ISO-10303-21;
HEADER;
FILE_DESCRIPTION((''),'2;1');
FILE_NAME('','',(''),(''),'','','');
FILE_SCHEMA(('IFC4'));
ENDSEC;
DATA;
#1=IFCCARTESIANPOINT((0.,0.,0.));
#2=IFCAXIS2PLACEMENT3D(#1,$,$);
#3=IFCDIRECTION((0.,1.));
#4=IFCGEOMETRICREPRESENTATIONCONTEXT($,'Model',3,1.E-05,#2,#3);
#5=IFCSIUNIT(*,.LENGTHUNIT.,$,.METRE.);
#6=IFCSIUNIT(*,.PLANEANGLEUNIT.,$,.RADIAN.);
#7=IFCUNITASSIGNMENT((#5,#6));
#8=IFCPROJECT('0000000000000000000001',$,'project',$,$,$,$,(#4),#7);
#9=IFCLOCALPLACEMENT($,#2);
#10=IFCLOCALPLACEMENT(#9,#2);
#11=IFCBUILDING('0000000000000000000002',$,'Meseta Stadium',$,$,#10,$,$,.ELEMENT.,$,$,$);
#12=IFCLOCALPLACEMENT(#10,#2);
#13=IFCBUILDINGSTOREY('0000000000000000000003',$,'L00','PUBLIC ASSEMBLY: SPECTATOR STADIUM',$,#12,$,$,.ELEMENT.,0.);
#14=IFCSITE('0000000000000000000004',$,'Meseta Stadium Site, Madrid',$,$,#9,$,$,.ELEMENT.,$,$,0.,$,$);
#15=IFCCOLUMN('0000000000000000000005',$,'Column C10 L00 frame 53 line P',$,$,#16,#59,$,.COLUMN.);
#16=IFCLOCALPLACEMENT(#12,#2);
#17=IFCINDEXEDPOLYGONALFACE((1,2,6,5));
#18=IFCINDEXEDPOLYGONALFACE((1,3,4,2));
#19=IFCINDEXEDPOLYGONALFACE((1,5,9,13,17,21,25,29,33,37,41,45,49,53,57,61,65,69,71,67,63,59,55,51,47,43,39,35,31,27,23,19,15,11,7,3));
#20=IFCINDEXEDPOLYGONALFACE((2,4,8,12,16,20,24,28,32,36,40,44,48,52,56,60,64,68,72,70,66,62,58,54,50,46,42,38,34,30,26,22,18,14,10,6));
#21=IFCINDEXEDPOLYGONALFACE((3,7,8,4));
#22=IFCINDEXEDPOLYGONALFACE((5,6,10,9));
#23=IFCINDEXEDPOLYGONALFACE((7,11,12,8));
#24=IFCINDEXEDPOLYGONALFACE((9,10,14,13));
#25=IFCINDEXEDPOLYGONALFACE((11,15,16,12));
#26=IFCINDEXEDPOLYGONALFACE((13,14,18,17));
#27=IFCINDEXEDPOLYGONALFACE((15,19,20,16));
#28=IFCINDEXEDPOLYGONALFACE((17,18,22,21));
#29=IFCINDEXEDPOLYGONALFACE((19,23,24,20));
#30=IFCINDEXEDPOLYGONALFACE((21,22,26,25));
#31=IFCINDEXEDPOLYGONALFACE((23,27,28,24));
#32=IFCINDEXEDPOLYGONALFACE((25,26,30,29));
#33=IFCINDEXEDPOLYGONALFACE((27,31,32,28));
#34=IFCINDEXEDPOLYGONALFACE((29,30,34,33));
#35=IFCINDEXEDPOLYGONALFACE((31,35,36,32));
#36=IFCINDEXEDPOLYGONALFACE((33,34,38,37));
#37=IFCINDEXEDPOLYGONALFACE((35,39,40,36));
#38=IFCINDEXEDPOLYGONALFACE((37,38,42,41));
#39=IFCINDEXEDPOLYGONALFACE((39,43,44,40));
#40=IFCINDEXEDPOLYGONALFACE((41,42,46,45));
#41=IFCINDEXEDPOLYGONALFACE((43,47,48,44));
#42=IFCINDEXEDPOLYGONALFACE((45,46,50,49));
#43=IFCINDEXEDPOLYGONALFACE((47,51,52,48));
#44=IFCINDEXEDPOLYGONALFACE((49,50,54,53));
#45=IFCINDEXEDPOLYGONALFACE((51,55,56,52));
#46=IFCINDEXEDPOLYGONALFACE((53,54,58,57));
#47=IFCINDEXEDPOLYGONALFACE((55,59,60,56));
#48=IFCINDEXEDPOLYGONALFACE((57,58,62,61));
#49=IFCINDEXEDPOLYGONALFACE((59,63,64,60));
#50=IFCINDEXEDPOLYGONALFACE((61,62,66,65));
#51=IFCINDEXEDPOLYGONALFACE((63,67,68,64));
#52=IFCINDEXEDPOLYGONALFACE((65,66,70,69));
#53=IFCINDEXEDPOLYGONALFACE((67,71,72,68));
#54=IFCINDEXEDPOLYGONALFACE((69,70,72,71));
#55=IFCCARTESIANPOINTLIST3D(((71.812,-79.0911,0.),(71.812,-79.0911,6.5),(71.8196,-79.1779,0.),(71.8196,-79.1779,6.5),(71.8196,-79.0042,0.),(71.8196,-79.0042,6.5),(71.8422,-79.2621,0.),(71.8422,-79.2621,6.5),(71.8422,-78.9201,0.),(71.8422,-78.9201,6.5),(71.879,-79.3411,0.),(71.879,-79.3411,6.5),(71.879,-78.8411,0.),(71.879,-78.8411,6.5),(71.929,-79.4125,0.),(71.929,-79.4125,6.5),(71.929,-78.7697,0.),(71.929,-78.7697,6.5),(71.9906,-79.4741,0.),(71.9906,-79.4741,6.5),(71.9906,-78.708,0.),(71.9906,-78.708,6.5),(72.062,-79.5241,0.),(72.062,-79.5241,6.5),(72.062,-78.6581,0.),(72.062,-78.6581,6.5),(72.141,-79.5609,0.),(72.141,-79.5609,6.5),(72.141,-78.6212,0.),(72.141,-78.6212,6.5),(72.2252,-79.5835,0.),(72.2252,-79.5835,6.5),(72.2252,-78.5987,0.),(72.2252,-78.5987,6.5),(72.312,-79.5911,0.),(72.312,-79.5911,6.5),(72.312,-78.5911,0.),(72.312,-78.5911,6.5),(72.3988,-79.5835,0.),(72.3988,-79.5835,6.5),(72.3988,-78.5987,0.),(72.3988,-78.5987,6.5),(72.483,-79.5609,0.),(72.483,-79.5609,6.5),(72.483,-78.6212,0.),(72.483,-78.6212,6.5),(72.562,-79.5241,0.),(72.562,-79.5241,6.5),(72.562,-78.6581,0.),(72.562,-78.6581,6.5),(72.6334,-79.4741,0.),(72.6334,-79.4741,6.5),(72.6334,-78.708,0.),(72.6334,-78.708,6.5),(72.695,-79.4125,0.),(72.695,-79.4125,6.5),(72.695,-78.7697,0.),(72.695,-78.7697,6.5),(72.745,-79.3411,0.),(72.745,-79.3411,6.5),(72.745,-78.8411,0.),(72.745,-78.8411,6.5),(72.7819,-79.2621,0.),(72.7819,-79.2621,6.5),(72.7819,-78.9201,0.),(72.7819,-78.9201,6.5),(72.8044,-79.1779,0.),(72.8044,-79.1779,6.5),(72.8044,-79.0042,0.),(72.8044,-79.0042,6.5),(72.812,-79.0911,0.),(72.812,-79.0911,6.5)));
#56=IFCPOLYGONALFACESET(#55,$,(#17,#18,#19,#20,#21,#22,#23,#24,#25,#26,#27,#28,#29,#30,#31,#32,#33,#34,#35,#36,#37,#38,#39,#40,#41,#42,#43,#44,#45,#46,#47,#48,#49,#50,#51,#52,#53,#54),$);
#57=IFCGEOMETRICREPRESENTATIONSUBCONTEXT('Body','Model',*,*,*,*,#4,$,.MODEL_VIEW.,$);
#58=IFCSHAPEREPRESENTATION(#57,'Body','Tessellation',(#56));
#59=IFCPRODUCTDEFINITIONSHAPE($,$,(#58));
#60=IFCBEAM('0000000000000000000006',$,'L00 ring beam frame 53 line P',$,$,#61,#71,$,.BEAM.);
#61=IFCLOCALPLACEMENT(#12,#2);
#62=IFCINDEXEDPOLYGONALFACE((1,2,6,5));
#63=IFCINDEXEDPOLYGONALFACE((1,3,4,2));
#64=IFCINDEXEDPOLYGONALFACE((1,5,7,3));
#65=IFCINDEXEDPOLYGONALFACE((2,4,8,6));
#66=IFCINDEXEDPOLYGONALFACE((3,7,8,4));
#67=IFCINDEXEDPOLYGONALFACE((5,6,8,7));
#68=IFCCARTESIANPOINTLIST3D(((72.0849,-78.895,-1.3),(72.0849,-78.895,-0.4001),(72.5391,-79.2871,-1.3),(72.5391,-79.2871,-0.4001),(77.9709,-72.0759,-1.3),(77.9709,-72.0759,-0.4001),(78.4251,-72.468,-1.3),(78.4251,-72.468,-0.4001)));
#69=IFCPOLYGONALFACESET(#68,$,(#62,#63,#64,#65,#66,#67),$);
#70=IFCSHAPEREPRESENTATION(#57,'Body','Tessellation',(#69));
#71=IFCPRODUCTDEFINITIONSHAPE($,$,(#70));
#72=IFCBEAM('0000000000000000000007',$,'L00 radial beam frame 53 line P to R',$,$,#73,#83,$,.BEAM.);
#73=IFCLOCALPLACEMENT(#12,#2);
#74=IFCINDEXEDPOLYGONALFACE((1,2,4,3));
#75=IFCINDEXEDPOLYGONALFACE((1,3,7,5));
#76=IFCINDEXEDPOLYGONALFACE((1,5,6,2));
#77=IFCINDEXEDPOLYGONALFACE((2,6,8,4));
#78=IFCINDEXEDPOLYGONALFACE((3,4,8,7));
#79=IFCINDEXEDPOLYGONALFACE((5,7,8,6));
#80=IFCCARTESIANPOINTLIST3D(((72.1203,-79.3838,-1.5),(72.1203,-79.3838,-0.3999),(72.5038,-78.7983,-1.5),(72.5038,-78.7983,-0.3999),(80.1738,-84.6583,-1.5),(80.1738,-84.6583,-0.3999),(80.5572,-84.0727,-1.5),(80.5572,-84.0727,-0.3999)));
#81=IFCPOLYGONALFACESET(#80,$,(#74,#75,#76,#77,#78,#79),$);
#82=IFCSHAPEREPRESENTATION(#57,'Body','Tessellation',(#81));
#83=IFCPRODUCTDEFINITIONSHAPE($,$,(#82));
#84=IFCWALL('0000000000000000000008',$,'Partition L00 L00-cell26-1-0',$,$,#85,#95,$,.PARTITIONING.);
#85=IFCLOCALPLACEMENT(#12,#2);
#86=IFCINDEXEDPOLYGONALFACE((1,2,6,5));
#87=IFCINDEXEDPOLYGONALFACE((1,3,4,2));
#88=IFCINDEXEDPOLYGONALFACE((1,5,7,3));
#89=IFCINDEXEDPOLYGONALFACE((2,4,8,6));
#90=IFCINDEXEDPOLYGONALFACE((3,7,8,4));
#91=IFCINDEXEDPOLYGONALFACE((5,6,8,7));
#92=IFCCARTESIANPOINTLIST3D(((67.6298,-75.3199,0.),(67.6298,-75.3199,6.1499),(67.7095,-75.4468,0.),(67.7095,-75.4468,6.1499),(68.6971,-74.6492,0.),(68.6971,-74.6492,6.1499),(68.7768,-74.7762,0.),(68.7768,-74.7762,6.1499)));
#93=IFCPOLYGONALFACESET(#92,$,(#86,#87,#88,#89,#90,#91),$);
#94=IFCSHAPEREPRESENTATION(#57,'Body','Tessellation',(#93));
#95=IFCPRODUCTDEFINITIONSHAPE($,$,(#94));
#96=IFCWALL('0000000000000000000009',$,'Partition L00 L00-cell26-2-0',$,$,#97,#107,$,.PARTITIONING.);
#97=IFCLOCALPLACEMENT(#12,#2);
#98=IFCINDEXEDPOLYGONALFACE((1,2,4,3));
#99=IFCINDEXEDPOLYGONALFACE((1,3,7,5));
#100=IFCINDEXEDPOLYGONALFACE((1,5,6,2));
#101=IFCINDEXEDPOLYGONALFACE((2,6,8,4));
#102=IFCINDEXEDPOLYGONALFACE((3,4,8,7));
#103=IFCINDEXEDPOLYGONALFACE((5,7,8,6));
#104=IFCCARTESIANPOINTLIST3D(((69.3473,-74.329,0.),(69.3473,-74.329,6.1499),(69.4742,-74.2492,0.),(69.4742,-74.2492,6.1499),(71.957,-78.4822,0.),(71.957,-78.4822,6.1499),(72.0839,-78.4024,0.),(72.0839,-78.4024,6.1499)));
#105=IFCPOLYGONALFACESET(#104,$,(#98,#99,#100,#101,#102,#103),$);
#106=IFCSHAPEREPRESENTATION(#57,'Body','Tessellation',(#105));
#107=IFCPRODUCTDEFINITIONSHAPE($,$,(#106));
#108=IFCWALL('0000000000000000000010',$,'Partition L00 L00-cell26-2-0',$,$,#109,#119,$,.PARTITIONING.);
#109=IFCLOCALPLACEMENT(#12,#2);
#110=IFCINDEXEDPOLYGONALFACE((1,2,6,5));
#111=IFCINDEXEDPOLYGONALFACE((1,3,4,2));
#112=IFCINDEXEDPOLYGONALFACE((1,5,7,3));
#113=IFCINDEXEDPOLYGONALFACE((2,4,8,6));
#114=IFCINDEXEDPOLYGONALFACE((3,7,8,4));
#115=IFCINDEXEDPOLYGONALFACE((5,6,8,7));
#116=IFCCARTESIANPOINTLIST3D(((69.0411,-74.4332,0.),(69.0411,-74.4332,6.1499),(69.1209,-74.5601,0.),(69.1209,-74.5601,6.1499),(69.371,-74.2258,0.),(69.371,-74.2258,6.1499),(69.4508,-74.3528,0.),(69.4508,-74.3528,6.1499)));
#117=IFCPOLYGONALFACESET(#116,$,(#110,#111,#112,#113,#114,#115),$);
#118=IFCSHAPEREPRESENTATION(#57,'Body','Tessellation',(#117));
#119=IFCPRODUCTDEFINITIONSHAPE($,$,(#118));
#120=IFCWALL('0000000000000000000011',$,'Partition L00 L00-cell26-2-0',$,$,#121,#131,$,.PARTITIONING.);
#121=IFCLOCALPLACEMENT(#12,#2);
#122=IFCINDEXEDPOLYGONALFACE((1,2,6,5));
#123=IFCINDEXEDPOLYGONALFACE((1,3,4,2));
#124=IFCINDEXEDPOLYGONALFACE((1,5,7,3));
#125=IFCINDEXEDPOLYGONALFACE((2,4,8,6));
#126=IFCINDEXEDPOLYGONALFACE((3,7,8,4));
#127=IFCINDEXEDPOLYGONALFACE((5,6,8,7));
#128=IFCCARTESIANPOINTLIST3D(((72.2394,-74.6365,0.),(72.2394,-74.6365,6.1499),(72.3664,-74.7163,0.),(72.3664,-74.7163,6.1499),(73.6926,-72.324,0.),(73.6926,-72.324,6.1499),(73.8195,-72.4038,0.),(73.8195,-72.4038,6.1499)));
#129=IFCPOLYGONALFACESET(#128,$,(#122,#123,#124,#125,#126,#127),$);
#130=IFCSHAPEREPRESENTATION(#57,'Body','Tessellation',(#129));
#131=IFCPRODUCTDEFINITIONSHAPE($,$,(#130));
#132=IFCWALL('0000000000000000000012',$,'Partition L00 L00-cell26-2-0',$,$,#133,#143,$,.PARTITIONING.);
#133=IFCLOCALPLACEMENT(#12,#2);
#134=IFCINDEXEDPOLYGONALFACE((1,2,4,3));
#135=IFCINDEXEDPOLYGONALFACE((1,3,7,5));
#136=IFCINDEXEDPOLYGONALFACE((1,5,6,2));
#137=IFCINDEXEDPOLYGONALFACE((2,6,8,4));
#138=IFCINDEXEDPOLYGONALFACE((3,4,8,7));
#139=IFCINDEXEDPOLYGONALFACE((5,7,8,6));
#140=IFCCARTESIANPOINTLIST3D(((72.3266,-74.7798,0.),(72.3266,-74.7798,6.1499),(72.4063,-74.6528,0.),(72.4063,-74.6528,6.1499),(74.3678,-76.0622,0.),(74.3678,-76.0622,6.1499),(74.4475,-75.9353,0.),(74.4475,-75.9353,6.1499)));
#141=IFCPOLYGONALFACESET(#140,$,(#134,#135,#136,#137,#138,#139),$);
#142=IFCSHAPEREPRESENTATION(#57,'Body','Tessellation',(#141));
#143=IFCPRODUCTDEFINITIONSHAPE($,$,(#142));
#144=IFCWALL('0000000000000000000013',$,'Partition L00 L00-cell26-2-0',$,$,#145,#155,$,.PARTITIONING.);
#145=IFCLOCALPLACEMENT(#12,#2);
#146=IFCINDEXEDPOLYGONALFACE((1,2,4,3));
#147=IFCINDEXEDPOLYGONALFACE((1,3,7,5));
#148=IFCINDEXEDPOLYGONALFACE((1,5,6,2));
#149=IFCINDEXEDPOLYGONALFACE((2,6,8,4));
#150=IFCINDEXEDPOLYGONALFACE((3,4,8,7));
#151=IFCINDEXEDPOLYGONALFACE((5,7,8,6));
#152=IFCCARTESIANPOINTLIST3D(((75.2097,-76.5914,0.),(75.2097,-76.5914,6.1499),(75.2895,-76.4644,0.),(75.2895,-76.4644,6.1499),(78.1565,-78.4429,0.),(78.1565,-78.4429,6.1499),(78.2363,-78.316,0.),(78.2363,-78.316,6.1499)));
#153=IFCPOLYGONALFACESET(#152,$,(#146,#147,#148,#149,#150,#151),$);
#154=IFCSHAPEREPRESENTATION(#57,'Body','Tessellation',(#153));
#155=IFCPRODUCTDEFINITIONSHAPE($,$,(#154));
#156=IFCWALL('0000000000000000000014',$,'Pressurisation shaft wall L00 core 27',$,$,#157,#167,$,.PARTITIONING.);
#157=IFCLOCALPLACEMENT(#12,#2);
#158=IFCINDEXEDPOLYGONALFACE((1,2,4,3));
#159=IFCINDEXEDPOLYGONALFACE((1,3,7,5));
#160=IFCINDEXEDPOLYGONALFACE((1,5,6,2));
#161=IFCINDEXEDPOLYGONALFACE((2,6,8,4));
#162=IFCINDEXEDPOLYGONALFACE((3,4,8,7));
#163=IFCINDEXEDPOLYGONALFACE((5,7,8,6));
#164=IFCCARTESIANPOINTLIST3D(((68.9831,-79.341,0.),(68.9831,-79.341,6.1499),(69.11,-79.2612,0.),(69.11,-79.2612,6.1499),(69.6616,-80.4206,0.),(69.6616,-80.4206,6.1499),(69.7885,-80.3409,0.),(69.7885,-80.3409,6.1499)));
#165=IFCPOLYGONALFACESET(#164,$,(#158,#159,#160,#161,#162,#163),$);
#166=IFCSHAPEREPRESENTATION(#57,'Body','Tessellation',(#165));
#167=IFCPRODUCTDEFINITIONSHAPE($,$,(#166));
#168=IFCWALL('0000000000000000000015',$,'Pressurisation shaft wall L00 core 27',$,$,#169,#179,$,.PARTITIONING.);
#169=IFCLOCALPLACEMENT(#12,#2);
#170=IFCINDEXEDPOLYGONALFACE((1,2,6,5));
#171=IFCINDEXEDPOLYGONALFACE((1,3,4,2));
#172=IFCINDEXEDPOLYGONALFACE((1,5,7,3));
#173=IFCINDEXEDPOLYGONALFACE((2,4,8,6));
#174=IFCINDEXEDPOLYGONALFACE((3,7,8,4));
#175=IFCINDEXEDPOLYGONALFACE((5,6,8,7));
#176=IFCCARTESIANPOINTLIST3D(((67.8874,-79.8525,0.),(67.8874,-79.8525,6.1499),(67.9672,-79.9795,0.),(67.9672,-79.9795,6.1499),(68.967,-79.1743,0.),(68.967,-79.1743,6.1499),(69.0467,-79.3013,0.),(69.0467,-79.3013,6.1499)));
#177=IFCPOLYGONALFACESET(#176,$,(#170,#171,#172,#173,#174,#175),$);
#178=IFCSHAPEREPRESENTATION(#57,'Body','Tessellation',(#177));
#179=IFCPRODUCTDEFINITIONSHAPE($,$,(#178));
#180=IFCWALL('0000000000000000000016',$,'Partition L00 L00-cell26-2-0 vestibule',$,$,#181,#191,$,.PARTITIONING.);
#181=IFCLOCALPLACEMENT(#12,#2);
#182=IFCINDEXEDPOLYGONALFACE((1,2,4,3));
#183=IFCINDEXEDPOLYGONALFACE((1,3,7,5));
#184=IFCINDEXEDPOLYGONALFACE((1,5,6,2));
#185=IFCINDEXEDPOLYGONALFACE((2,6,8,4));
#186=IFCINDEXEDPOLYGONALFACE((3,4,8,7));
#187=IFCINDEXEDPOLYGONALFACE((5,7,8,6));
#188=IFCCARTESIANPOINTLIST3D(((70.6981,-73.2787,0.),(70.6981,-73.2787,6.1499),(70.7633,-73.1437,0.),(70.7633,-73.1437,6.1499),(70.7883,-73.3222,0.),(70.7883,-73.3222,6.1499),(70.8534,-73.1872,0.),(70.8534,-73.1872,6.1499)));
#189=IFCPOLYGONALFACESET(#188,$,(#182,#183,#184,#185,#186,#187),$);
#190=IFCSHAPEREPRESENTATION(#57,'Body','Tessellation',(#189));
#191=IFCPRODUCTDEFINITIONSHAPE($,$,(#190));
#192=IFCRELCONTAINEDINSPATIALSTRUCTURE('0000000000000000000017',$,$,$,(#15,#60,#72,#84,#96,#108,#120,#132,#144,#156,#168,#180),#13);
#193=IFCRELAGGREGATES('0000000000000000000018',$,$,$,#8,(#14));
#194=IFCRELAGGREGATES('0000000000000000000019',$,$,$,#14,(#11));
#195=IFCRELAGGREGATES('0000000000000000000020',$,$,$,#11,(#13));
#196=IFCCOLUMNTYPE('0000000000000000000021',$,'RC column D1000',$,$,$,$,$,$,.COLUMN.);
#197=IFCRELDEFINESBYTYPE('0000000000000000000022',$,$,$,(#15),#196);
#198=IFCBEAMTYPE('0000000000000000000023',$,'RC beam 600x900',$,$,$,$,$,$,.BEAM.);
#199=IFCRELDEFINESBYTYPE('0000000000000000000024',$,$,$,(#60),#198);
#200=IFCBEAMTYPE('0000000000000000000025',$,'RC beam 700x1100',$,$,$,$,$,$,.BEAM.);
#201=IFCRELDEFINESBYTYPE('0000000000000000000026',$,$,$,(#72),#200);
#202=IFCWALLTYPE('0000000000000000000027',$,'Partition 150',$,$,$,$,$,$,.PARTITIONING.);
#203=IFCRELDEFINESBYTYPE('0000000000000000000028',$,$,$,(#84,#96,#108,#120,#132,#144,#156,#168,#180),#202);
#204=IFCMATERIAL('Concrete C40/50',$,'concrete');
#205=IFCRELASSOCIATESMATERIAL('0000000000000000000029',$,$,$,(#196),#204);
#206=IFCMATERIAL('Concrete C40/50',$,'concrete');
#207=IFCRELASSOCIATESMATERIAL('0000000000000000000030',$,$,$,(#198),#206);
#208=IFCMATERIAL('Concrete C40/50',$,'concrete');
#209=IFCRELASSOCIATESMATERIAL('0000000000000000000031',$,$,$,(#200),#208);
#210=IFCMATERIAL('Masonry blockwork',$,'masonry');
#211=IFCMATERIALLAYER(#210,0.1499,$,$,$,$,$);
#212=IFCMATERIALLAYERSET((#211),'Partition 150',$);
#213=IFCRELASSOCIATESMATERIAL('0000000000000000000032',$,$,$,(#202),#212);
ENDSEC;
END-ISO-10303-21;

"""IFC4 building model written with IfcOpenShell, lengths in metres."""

from ifc_helpers import new_model, si_unit, direction, frame, frame_2d, origin, origin_2d, place, context, subcontext, project, spatial, rectangle, circle, extrude, material, layer, layer_set, material_profile, profile_set, type_object, element, save


model = new_model("IFC4")

# Units and contexts
model_context = context("Model", 3, precision=1e-05, world=origin(), true_north=direction((0.0, 1.0)))
body_context = subcontext(model_context, "Body", "Model", "MODEL_VIEW")
ifc_project = project(units=[si_unit("LENGTHUNIT", "METRE"), si_unit("PLANEANGLEUNIT", "RADIAN")], contexts=[model_context])

# Site, building, storey
site_placement = place(None, origin())
site = spatial("IfcSite", under=ifc_project, at=site_placement, Name="Meseta Stadium Site, Madrid", CompositionType="ELEMENT", RefElevation=0.0)
building_placement = place(site_placement, origin())
building = spatial("IfcBuilding", under=site, at=building_placement, Name="Meseta Stadium", CompositionType="ELEMENT")
storey_placement = place(building_placement, origin())
storey = spatial("IfcBuildingStorey", under=building, at=storey_placement, Name="L00", Description="PUBLIC ASSEMBLY: SPECTATOR STADIUM", CompositionType="ELEMENT", Elevation=0.0)

# Column
ifc_material_1 = material(Name="Concrete C40/50", Category="concrete")
ifc_material_profile_1 = material_profile(ifc_material_1, circle(Radius=0.5, at=origin_2d()), Name="RC D1000")
ifc_profile_set_1 = profile_set([ifc_material_profile_1], Name="Concrete C40/50")
column_type = type_object("IfcColumnType", Name="RC column D1000", PredefinedType="COLUMN", material=ifc_profile_set_1)
column_placement = place(storey_placement, frame((72.312, -79.0911, 0.0), z_axis=(0.0, 0.0, 1.0), x_axis=(1.0, 0.0, 0.0)))
element("IfcColumn", 1, at=column_placement, inside=storey, type_object=column_type, Name="Column C10 L00 frame 53 line P", PredefinedType="COLUMN", context=body_context, shape_type="SweptSolid", body=[
    extrude(circle(Radius=0.5, at=origin_2d()), origin(), (0.0, 0.0, 1.0), 6.5),
])

# Beams
ifc_material_2 = material(Name="Concrete C40/50", Category="concrete")
ifc_material_profile_2 = material_profile(ifc_material_2, rectangle(XDim=0.6001, YDim=0.8999, at=origin_2d()), Name="RC 600x900")
ifc_profile_set_2 = profile_set([ifc_material_profile_2], Name="Concrete C40/50")
beam_type_1 = type_object("IfcBeamType", Name="RC beam 600x900", PredefinedType="BEAM", material=ifc_profile_set_2)
beam_1_placement = place(storey_placement, frame((72.312, -79.0911, -0.8501), z_axis=(0.653415, 0.757, 0.0), x_axis=(-0.757, 0.653415, 0.0)))
element("IfcBeam", 2, at=beam_1_placement, inside=storey, type_object=beam_type_1, Name="L00 ring beam frame 53 line P", PredefinedType="BEAM", context=body_context, shape_type="SweptSolid", body=[
    extrude(rectangle(XDim=0.6001, YDim=0.8999, at=origin_2d()), origin(), (0.0, 0.0, 1.0), 9.0081),
])
ifc_material_3 = material(Name="Concrete C40/50", Category="concrete")
ifc_material_profile_3 = material_profile(ifc_material_3, rectangle(XDim=0.7, YDim=1.1001, at=origin_2d()), Name="RC 700x1100")
ifc_profile_set_3 = profile_set([ifc_material_profile_3], Name="Concrete C40/50")
beam_type_2 = type_object("IfcBeamType", Name="RC beam 700x1100", PredefinedType="BEAM", material=ifc_profile_set_3)
beam_2_placement = place(storey_placement, frame((72.312, -79.0911, -0.95), z_axis=(0.836556, -0.547881, 0.0), x_axis=(0.547881, 0.836556, 0.0)))
element("IfcBeam", 3, at=beam_2_placement, inside=storey, type_object=beam_type_2, Name="L00 radial beam frame 53 line P to R", PredefinedType="BEAM", context=body_context, shape_type="SweptSolid", body=[
    extrude(rectangle(XDim=0.7, YDim=1.1001, at=origin_2d()), origin(), (0.0, 0.0, 1.0), 9.627),
])

# Walls
ifc_material_4 = material(Name="Masonry blockwork", Category="masonry")
ifc_layer = layer(ifc_material_4, 0.1499)
ifc_layer_set = layer_set([ifc_layer], Name="Partition 150")
wall_type = type_object("IfcWallType", Name="Partition 150", PredefinedType="PARTITIONING", material=ifc_layer_set)
wall_1_placement = place(storey_placement, frame((68.7371, -74.7126, 0.0), z_axis=(0.0, 0.0, 1.0), x_axis=(-0.846734, -0.532017, 0.0)))
element("IfcWall", 4, at=wall_1_placement, inside=storey, type_object=wall_type, Name="Partition L00 L00-cell26-1-0", PredefinedType="PARTITIONING", context=body_context, shape_type="SweptSolid", body=[
    extrude(rectangle(XDim=1.2605, YDim=0.1499, at=frame_2d((0.6304, 0.0))), origin(), (0.0, 0.0, 1.0), 6.1499),
])
wall_2_placement = place(storey_placement, frame((72.0205, -78.4424, 0.0), z_axis=(0.0, 0.0, 1.0), x_axis=(-0.532042, 0.846718, 0.0)))
element("IfcWall", 5, at=wall_2_placement, inside=storey, type_object=wall_type, Name="Partition L00 L00-cell26-2-0", PredefinedType="PARTITIONING", context=body_context, shape_type="SweptSolid", body=[
    extrude(rectangle(XDim=4.905, YDim=0.1499, at=frame_2d((2.4526, 0.0))), origin(), (0.0, 0.0, 1.0), 6.1499),
])
wall_3_placement = place(storey_placement, frame((69.4109, -74.2893, 0.0), z_axis=(0.0, 0.0, 1.0), x_axis=(-0.846693, -0.532082, 0.0)))
element("IfcWall", 6, at=wall_3_placement, inside=storey, type_object=wall_type, Name="Partition L00 L00-cell26-2-0", PredefinedType="PARTITIONING", context=body_context, shape_type="SweptSolid", body=[
    extrude(rectangle(XDim=0.3896, YDim=0.1499, at=frame_2d((0.1948, 0.0))), origin(), (0.0, 0.0, 1.0), 6.1499),
])
wall_4_placement = place(storey_placement, frame((73.7561, -72.3638, 0.0), z_axis=(0.0, 0.0, 1.0), x_axis=(-0.532054, -0.84671, 0.0)))
element("IfcWall", 7, at=wall_4_placement, inside=storey, type_object=wall_type, Name="Partition L00 L00-cell26-2-0", PredefinedType="PARTITIONING", context=body_context, shape_type="SweptSolid", body=[
    extrude(rectangle(XDim=2.7312, YDim=0.1499, at=frame_2d((1.3657, 0.0))), origin(), (0.0, 0.0, 1.0), 6.1499),
])
wall_5_placement = place(storey_placement, frame((72.3665, -74.7163, 0.0), z_axis=(0.0, 0.0, 1.0), x_axis=(0.84675, -0.531991, 0.0)))
element("IfcWall", 8, at=wall_5_placement, inside=storey, type_object=wall_type, Name="Partition L00 L00-cell26-2-0", PredefinedType="PARTITIONING", context=body_context, shape_type="SweptSolid", body=[
    extrude(rectangle(XDim=2.4106, YDim=0.1499, at=frame_2d((1.2053, 0.0))), origin(), (0.0, 0.0, 1.0), 6.1499),
])
wall_6_placement = place(storey_placement, frame((75.2495, -76.5278, 0.0), z_axis=(0.0, 0.0, 1.0), x_axis=(0.846727, -0.532028, 0.0)))
element("IfcWall", 9, at=wall_6_placement, inside=storey, type_object=wall_type, Name="Partition L00 L00-cell26-2-0", PredefinedType="PARTITIONING", context=body_context, shape_type="SweptSolid", body=[
    extrude(rectangle(XDim=3.4802, YDim=0.1499, at=frame_2d((1.7402, 0.0))), origin(), (0.0, 0.0, 1.0), 6.1499),
])
wall_7_placement = place(storey_placement, frame((69.7251, -80.3809, 0.0), z_axis=(0.0, 0.0, 1.0), x_axis=(-0.532097, 0.846683, 0.0)))
element("IfcWall", 10, at=wall_7_placement, inside=storey, type_object=wall_type, Name="Pressurisation shaft wall L00 core 27", PredefinedType="PARTITIONING", context=body_context, shape_type="SweptSolid", body=[
    extrude(rectangle(XDim=1.2751, YDim=0.1499, at=frame_2d((0.6377, 0.0))), origin(), (0.0, 0.0, 1.0), 6.1499),
])
wall_8_placement = place(storey_placement, frame((69.0068, -79.2378, 0.0), z_axis=(0.0, 0.0, 1.0), x_axis=(-0.84677, -0.53196, 0.0)))
element("IfcWall", 11, at=wall_8_placement, inside=storey, type_object=wall_type, Name="Pressurisation shaft wall L00 core 27", PredefinedType="PARTITIONING", context=body_context, shape_type="SweptSolid", body=[
    extrude(rectangle(XDim=1.2749, YDim=0.1499, at=frame_2d((0.6375, 0.0))), origin(), (0.0, 0.0, 1.0), 6.1499),
])
wall_9_placement = place(storey_placement, frame((70.7307, -73.2112, 0.0), z_axis=(0.0, 0.0, 1.0), x_axis=(0.900683, -0.434476, 0.0)))
element("IfcWall", 12, at=wall_9_placement, inside=storey, type_object=wall_type, Name="Partition L00 L00-cell26-2-0 vestibule", PredefinedType="PARTITIONING", context=body_context, shape_type="SweptSolid", body=[
    extrude(rectangle(XDim=0.1001, YDim=0.1499, at=frame_2d((0.05, 0.0))), origin(), (0.0, 0.0, 1.0), 6.1499),
])

save(model, "model.ifc")
